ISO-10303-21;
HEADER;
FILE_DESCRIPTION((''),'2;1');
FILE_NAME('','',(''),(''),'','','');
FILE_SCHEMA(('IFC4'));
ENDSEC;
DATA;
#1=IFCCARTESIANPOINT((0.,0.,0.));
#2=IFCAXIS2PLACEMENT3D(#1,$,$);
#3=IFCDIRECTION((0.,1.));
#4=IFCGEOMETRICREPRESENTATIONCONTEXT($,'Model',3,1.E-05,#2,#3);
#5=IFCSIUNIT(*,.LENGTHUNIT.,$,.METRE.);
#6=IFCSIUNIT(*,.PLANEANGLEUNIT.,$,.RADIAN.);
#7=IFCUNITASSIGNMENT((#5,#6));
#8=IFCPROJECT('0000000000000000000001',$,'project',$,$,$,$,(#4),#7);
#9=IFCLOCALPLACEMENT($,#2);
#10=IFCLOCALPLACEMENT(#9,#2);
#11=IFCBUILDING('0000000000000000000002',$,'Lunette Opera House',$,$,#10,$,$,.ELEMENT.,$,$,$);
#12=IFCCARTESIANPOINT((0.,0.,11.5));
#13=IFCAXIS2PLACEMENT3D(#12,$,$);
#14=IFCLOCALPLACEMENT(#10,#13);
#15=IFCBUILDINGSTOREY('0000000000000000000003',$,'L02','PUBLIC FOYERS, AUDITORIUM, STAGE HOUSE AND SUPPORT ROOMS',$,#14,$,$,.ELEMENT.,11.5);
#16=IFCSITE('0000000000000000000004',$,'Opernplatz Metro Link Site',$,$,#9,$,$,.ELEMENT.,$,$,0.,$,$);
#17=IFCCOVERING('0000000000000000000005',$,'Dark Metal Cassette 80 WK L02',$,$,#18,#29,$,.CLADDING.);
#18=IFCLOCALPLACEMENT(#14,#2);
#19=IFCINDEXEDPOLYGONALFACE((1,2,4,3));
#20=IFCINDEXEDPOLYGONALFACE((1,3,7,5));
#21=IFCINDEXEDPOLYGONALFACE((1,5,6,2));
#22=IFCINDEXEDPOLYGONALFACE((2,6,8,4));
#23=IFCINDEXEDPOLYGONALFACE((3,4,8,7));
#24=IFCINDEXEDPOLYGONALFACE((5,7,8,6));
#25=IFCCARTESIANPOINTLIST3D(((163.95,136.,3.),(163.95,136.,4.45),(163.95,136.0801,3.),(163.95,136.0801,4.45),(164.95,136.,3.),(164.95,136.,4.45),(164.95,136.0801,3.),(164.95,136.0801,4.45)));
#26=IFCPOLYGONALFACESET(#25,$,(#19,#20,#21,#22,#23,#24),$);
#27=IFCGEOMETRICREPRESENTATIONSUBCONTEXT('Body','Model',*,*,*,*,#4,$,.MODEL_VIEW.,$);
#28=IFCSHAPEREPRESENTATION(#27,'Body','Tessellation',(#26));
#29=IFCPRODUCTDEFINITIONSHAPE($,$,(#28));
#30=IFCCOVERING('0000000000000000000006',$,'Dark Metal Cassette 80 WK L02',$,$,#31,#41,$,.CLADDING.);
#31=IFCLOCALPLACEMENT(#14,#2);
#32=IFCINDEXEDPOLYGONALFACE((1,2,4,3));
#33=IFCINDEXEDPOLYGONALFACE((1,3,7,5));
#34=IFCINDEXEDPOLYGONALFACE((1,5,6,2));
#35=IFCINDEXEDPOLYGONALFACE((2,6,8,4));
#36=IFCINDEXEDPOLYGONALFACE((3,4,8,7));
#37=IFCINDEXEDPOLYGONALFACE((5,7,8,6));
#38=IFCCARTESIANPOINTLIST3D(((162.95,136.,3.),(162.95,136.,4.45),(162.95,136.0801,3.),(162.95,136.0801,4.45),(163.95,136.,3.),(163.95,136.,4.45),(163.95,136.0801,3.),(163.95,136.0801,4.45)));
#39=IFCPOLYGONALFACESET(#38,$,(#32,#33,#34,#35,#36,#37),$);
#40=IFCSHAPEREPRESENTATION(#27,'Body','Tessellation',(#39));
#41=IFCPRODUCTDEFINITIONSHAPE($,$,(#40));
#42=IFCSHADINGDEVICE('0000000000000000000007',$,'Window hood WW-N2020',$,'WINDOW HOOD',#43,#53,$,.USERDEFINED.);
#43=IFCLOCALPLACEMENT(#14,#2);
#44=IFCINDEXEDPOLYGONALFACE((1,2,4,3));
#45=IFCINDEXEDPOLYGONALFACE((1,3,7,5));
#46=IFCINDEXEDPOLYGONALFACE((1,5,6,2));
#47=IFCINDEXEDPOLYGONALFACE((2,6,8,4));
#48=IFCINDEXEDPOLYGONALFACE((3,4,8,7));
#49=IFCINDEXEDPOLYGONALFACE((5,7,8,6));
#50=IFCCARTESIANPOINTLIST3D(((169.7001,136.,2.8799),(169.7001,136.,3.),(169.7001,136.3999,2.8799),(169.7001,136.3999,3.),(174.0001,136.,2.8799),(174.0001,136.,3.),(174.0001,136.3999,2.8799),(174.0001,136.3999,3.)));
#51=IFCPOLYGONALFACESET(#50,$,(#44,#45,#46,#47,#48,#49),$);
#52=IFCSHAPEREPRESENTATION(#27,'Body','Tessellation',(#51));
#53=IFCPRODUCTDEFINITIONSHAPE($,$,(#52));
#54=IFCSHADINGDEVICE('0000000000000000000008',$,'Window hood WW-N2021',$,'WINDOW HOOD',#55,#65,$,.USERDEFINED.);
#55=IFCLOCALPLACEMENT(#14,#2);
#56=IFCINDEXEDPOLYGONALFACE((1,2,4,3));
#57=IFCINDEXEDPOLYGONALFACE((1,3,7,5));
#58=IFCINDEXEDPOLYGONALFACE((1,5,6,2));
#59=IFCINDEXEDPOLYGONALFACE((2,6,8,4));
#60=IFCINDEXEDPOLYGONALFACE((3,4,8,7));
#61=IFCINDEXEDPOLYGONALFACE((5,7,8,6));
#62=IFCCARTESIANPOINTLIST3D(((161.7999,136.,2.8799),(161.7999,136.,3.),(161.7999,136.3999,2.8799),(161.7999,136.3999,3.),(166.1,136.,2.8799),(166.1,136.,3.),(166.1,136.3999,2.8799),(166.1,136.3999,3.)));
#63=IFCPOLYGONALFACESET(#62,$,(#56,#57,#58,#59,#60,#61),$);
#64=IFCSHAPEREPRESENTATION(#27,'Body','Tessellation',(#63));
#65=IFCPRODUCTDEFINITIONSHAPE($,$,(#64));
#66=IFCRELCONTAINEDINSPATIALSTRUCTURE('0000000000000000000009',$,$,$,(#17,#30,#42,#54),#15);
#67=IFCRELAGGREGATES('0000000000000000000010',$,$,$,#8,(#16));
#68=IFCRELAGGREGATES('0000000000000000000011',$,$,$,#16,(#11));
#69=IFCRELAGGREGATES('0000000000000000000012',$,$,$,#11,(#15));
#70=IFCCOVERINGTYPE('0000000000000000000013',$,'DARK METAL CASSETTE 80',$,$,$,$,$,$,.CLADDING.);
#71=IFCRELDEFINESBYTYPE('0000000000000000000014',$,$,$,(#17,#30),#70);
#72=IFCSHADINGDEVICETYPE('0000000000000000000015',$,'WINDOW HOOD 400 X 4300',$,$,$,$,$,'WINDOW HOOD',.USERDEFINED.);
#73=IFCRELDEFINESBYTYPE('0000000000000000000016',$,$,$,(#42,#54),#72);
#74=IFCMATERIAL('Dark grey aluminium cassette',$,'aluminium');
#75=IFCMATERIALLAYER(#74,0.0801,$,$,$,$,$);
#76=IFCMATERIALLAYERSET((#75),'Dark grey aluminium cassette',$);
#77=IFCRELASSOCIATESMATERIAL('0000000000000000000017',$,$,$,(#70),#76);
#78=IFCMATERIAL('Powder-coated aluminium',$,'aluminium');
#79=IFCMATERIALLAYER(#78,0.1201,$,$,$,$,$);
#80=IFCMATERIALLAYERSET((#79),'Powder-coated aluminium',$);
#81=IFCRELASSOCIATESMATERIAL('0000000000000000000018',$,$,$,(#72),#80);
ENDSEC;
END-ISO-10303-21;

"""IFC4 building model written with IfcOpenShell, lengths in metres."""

from ifc_helpers import new_model, si_unit, direction, frame, origin, origin_2d, place, context, subcontext, project, spatial, rectangle, extrude, material, layer, layer_set, type_object, element, save


model = new_model("IFC4")

# Units and contexts
model_context = context("Model", 3, precision=1e-05, world=origin(), true_north=direction((0.0, 1.0)))
body_context = subcontext(model_context, "Body", "Model", "MODEL_VIEW")
ifc_project = project(units=[si_unit("LENGTHUNIT", "METRE"), si_unit("PLANEANGLEUNIT", "RADIAN")], contexts=[model_context])

# Site, building, storey
site_placement = place(None, origin())
site = spatial("IfcSite", under=ifc_project, at=site_placement, Name="Opernplatz Metro Link Site", CompositionType="ELEMENT", RefElevation=0.0)
building_placement = place(site_placement, origin())
building = spatial("IfcBuilding", under=site, at=building_placement, Name="Lunette Opera House", CompositionType="ELEMENT")
storey_placement = place(building_placement, frame((0.0, 0.0, 11.5)))
storey = spatial("IfcBuildingStorey", under=building, at=storey_placement, Name="L02", Description="PUBLIC FOYERS, AUDITORIUM, STAGE HOUSE AND SUPPORT ROOMS", CompositionType="ELEMENT", Elevation=11.5)

# Coverings
ifc_material_1 = material(Name="Dark grey aluminium cassette", Category="aluminium")
ifc_layer_1 = layer(ifc_material_1, 0.0801)
ifc_layer_set_1 = layer_set([ifc_layer_1], Name="Dark grey aluminium cassette")
covering_type = type_object("IfcCoveringType", Name="DARK METAL CASSETTE 80", PredefinedType="CLADDING", material=ifc_layer_set_1)
for number, where, z_axis, x_axis, name in (
    (1, (164.45, 136.04, 3.0), (0.0, 0.0, 1.0), (-1.0, 0.0, 0.0), "Dark Metal Cassette 80 WK L02"),
    (2, (163.45, 136.04, 3.0), (0.0, 0.0, 1.0), (-1.0, 0.0, 0.0), "Dark Metal Cassette 80 WK L02"),
):
    element("IfcCovering", number, at=place(storey_placement, frame(where, z_axis=z_axis, x_axis=x_axis)), inside=storey, type_object=covering_type, Name=name, PredefinedType="CLADDING", context=body_context, shape_type="SweptSolid", body=[
        extrude(rectangle(XDim=1.0, YDim=0.0801, at=origin_2d()), origin(), (0.0, 0.0, 1.0), 1.45),
    ])

# Shading devices
ifc_material_2 = material(Name="Powder-coated aluminium", Category="aluminium")
ifc_layer_2 = layer(ifc_material_2, 0.1201)
ifc_layer_set_2 = layer_set([ifc_layer_2], Name="Powder-coated aluminium")
shading_device_type = type_object("IfcShadingDeviceType", Name="WINDOW HOOD 400 X 4300", ElementType="WINDOW HOOD", PredefinedType="USERDEFINED", material=ifc_layer_set_2)
for number, where, z_axis, x_axis, name in (
    (3, (171.8501, 136.2, 2.8799), (0.0, 0.0, 1.0), (0.0, 1.0, 0.0), "Window hood WW-N2020"),
    (4, (163.95, 136.2, 2.8799), (0.0, 0.0, 1.0), (0.0, 1.0, 0.0), "Window hood WW-N2021"),
):
    element("IfcShadingDevice", number, at=place(storey_placement, frame(where, z_axis=z_axis, x_axis=x_axis)), inside=storey, type_object=shading_device_type, Name=name, ObjectType="WINDOW HOOD", PredefinedType="USERDEFINED", context=body_context, shape_type="SweptSolid", body=[
        extrude(rectangle(XDim=0.3999, YDim=4.3, at=origin_2d()), origin(), (0.0, 0.0, 1.0), 0.1201),
    ])

save(model, "model.ifc")
